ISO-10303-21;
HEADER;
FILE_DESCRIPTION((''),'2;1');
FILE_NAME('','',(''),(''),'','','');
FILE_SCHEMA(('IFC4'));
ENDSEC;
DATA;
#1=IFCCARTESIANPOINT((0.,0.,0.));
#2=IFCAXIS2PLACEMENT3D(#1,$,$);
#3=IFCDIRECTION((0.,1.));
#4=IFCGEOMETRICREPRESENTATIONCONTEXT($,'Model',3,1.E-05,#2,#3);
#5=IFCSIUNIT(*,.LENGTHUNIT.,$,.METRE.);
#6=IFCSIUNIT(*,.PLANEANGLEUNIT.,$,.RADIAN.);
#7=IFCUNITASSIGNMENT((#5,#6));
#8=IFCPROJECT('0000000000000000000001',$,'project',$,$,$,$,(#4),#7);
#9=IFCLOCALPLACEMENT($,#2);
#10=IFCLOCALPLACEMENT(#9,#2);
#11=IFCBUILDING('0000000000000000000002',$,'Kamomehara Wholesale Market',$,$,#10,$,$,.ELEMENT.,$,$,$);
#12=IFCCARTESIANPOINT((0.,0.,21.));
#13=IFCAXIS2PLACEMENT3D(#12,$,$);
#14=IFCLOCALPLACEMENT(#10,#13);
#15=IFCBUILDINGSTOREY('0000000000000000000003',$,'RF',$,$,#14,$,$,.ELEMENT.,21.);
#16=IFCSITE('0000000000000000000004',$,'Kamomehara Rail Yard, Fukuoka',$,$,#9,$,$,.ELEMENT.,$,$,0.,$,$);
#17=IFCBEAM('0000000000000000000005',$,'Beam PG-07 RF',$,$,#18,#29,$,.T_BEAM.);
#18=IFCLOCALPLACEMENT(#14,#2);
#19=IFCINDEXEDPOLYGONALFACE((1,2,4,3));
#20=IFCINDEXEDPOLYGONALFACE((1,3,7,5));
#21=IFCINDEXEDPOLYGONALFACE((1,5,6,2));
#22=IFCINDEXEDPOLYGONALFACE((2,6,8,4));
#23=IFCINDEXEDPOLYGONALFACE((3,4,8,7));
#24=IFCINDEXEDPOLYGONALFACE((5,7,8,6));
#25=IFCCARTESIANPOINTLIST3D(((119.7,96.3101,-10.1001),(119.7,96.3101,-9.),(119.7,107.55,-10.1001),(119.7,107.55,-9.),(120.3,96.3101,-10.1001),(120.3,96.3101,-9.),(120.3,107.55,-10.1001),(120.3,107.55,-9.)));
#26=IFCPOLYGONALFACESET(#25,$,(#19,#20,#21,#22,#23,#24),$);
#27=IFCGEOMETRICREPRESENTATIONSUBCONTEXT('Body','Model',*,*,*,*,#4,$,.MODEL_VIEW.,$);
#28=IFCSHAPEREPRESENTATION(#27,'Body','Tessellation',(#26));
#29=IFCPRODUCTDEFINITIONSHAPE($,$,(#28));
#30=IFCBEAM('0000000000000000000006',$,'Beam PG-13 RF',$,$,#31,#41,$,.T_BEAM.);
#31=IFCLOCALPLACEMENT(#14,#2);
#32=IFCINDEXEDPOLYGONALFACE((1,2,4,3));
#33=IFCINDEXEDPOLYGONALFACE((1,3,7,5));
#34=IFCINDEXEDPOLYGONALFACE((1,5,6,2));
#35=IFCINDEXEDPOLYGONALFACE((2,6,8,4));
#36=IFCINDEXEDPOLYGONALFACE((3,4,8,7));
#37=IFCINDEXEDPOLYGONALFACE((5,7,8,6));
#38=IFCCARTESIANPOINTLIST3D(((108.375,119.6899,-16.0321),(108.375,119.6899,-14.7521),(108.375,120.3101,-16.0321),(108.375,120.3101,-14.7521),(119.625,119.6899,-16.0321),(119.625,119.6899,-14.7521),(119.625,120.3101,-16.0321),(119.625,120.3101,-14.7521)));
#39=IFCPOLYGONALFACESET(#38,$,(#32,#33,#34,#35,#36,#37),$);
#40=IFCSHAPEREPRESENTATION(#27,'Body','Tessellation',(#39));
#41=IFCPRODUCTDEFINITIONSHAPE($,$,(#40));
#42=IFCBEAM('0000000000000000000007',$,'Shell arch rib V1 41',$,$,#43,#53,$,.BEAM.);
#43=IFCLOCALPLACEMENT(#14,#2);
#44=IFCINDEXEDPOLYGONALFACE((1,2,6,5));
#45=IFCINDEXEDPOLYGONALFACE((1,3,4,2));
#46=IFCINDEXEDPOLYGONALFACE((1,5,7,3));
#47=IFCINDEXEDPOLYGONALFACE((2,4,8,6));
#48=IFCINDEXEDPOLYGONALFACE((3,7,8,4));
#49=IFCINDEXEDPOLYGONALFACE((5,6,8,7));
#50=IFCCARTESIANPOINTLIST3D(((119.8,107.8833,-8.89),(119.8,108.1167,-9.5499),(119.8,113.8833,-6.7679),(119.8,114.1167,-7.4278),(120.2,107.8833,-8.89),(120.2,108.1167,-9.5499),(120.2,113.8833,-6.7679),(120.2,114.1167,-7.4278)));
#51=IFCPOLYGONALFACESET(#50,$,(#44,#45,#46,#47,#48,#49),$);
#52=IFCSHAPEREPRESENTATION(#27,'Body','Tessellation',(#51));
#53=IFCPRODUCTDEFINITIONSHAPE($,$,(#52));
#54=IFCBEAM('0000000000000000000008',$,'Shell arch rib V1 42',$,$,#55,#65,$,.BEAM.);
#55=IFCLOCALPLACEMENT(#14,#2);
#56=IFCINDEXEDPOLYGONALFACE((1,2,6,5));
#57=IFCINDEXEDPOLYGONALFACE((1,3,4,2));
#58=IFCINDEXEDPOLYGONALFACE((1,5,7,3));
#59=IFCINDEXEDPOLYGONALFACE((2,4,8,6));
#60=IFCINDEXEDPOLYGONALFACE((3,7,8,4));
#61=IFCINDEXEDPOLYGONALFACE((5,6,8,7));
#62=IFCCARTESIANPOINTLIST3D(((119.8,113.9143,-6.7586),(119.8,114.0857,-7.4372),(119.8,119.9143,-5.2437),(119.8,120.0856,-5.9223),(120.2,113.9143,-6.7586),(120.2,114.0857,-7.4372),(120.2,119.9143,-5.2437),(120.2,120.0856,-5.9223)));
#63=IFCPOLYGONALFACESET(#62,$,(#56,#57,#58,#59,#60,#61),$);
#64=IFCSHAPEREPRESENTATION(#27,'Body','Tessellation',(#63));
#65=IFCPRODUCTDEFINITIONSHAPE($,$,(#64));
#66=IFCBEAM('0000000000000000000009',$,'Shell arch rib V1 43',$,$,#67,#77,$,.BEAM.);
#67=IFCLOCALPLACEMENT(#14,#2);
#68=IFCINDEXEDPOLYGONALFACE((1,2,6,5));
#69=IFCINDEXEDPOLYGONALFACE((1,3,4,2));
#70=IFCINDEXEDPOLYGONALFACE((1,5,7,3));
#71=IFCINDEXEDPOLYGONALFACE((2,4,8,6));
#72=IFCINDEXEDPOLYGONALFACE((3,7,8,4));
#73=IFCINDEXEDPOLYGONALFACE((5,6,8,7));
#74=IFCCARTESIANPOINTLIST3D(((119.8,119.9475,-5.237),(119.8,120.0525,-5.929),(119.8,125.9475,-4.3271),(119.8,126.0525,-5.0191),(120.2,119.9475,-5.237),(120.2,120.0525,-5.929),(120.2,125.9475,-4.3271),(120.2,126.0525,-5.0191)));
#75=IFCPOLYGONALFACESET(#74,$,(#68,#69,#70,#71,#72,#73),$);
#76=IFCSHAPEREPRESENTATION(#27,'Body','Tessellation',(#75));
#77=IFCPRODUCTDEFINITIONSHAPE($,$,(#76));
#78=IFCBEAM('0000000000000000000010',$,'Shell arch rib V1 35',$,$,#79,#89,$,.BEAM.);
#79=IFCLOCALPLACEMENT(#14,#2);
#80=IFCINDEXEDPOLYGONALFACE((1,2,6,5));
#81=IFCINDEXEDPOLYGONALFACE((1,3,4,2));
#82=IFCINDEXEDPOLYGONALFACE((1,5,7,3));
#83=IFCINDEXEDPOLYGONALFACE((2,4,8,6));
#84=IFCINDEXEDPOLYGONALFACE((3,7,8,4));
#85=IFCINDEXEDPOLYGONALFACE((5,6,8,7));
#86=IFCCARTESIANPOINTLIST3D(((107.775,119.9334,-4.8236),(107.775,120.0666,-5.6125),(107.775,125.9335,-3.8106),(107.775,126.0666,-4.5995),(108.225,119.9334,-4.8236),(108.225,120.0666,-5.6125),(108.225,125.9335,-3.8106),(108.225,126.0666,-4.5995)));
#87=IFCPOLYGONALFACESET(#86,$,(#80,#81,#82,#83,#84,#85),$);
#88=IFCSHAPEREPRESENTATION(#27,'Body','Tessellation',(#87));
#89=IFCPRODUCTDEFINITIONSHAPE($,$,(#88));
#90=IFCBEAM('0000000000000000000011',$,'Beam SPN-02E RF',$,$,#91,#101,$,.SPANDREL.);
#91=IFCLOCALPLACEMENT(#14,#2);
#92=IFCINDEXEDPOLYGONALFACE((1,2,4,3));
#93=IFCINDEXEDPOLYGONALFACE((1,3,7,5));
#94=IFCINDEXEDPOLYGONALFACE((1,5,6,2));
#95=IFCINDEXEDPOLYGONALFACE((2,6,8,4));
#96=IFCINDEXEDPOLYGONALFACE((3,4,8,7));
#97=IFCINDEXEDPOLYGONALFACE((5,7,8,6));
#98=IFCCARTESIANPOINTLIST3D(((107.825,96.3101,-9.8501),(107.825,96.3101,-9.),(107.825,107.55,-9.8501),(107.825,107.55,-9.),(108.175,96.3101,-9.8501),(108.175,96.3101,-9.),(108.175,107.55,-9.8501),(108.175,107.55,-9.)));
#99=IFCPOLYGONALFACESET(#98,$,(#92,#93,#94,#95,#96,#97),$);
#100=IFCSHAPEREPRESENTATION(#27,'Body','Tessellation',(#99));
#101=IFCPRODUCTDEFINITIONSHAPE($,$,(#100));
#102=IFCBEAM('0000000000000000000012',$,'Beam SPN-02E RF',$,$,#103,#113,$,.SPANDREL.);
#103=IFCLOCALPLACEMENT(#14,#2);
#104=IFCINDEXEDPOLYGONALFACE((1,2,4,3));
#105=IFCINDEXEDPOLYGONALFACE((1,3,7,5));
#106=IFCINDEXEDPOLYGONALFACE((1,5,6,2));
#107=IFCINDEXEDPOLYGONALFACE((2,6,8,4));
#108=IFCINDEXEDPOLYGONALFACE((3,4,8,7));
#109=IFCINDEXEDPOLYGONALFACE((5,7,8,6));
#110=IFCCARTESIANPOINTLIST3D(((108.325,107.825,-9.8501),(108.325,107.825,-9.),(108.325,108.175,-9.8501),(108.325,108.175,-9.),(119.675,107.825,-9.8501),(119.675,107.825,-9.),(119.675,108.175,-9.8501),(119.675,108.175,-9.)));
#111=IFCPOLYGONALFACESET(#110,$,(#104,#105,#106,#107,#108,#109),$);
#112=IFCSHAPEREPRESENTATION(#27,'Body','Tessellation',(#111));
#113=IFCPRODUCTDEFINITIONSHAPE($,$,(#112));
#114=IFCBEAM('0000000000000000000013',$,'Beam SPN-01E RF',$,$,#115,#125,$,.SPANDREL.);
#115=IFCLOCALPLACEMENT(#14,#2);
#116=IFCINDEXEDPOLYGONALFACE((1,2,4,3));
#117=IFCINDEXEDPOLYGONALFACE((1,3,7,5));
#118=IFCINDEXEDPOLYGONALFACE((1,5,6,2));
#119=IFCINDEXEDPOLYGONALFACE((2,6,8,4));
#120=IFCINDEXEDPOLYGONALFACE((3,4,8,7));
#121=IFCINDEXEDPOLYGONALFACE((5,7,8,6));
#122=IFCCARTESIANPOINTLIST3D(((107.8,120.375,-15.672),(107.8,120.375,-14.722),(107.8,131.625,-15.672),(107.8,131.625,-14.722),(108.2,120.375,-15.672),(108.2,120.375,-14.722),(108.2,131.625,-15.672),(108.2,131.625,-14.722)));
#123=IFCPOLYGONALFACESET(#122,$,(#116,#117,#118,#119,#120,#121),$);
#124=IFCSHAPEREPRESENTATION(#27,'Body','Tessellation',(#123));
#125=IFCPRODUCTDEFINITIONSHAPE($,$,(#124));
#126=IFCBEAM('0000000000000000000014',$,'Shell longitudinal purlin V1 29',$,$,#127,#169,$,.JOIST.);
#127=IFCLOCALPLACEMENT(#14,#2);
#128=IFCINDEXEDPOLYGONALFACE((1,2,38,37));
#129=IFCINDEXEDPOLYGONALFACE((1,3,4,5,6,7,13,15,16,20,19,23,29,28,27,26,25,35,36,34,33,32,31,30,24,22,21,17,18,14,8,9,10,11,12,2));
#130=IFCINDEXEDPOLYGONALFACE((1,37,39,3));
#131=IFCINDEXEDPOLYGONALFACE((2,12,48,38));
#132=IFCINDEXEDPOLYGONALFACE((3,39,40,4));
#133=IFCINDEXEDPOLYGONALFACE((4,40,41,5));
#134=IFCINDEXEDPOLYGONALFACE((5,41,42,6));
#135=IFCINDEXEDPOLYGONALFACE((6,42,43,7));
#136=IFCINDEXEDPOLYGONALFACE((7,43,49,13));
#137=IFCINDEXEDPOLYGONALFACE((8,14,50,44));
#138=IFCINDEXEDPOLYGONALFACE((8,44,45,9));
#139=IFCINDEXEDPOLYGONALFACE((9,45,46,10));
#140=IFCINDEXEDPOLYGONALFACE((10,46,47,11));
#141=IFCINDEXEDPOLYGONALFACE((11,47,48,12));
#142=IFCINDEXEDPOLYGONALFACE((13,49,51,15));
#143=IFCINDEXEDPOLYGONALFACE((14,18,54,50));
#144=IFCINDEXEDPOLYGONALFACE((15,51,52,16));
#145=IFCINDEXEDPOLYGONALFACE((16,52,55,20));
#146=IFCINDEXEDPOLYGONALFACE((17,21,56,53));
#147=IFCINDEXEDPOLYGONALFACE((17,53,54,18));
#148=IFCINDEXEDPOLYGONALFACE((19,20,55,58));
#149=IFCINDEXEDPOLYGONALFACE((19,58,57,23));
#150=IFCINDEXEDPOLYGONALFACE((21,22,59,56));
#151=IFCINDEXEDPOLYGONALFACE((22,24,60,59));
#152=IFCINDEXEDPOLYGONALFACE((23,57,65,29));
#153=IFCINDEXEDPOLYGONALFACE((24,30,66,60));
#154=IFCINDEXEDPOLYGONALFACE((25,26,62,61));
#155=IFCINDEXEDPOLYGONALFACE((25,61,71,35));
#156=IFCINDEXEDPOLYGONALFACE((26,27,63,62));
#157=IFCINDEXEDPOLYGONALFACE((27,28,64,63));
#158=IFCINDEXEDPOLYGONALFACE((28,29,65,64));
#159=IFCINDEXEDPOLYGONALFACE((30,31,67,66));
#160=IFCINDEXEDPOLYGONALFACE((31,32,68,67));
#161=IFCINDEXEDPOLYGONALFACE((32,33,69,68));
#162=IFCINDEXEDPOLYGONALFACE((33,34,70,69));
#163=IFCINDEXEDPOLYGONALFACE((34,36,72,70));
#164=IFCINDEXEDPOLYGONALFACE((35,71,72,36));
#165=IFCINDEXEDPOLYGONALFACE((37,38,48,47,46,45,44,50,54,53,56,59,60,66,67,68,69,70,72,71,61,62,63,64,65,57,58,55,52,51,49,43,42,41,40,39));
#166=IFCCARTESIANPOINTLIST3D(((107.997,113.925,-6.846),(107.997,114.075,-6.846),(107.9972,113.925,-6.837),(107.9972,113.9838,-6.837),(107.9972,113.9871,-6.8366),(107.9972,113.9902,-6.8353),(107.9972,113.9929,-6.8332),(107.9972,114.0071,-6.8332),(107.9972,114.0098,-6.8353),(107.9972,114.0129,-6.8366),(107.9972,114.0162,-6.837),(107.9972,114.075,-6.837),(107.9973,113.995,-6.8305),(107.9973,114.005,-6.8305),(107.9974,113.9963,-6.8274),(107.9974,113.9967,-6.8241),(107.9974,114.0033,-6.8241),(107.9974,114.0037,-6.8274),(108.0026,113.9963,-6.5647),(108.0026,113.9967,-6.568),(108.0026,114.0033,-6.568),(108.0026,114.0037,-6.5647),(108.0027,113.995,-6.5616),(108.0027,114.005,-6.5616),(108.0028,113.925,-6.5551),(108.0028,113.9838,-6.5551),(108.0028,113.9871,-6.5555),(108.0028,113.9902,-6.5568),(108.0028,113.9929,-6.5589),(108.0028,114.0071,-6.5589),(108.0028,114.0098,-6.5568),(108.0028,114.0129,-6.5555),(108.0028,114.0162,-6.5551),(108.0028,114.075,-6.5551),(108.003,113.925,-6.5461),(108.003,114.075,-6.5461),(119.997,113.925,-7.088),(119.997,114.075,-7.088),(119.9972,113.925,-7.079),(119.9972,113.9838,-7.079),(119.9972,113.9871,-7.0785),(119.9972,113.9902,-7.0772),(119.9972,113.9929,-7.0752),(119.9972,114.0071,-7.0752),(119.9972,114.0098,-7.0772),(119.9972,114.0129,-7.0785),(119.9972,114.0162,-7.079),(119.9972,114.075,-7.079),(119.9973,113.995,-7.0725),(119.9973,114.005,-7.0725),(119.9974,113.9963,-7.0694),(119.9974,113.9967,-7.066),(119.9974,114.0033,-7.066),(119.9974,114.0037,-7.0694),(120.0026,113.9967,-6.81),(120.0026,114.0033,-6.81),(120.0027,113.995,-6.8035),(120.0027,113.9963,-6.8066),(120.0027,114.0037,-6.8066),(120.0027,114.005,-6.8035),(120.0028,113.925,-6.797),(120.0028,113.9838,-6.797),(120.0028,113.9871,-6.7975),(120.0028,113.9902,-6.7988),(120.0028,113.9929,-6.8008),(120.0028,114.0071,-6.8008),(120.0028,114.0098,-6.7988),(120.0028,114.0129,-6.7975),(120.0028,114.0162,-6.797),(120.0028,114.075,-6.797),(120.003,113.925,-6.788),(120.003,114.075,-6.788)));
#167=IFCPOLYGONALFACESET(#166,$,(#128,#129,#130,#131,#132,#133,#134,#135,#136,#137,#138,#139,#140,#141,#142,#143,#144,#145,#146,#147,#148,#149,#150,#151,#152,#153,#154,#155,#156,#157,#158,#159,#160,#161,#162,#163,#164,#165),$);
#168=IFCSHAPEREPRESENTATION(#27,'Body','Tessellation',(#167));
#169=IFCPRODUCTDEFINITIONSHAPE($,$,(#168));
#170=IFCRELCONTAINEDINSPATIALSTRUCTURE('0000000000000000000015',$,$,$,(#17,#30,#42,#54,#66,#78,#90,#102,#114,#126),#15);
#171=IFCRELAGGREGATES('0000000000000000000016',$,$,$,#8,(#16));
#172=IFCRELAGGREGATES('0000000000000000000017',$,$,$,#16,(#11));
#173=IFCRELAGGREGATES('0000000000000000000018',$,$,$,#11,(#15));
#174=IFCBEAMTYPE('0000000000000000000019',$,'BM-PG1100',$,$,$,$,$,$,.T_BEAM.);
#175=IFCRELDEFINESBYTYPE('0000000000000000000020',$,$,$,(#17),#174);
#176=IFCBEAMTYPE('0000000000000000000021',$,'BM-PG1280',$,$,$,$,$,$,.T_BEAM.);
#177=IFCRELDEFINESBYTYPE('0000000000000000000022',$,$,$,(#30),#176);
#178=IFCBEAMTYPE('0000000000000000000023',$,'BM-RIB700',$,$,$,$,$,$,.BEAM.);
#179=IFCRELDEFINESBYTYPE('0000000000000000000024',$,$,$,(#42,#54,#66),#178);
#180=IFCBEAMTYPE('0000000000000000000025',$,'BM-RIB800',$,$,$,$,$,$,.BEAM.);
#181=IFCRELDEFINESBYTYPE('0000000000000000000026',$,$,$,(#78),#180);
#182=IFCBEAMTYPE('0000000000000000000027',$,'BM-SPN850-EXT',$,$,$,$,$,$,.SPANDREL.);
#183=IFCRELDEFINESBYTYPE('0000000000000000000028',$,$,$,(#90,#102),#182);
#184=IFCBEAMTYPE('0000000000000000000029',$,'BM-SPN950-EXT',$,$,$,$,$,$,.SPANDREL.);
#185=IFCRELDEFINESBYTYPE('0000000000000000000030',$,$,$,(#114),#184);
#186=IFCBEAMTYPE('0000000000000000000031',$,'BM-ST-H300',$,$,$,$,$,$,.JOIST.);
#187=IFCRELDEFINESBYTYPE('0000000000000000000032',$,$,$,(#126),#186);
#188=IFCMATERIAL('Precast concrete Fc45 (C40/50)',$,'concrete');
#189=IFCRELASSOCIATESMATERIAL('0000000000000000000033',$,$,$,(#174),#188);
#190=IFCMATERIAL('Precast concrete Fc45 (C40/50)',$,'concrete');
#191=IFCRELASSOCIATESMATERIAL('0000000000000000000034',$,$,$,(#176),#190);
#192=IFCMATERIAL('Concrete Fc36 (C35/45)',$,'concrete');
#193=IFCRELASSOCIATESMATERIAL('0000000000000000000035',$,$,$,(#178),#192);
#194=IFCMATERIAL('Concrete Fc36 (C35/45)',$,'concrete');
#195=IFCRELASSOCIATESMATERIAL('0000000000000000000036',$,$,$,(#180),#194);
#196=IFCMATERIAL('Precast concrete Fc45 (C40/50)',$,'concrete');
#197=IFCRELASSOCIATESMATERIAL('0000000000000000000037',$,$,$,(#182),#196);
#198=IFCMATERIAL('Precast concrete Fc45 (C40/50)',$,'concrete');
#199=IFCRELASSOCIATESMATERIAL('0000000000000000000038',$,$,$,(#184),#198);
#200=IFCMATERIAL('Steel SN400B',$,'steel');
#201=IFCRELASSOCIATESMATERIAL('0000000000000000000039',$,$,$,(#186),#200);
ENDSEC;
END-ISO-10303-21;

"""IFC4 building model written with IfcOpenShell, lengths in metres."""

from ifc_helpers import new_model, si_unit, direction, frame, origin, origin_2d, place, context, subcontext, project, spatial, rectangle, i_section, extrude, material, material_profile, profile_set, type_object, element, save


model = new_model("IFC4")

# Units and contexts
model_context = context("Model", 3, precision=1e-05, world=origin(), true_north=direction((0.0, 1.0)))
body_context = subcontext(model_context, "Body", "Model", "MODEL_VIEW")
ifc_project = project(units=[si_unit("LENGTHUNIT", "METRE"), si_unit("PLANEANGLEUNIT", "RADIAN")], contexts=[model_context])

# Site, building, storey
site_placement = place(None, origin())
site = spatial("IfcSite", under=ifc_project, at=site_placement, Name="Kamomehara Rail Yard, Fukuoka", CompositionType="ELEMENT", RefElevation=0.0)
building_placement = place(site_placement, origin())
building = spatial("IfcBuilding", under=site, at=building_placement, Name="Kamomehara Wholesale Market", CompositionType="ELEMENT")
storey_placement = place(building_placement, frame((0.0, 0.0, 21.0)))
storey = spatial("IfcBuildingStorey", under=building, at=storey_placement, Name="RF", CompositionType="ELEMENT", Elevation=21.0)

# Beams
ifc_material_1 = material(Name="Precast concrete Fc45 (C40/50)", Category="concrete")
ifc_material_profile_1 = material_profile(ifc_material_1, rectangle(XDim=0.6001, YDim=1.1001, at=origin_2d()), Name="PC-GRD-600x1100")
ifc_profile_set_1 = profile_set([ifc_material_profile_1], Name="Precast concrete Fc45 (C40/50)")
beam_type_1 = type_object("IfcBeamType", Name="BM-PG1100", PredefinedType="T_BEAM", material=ifc_profile_set_1)
beam_1_placement = place(storey_placement, frame((120.0, 96.3101, -9.55), z_axis=(0.0, 1.0, 0.0), x_axis=(-1.0, 0.0, 0.0)))
element("IfcBeam", 1, at=beam_1_placement, inside=storey, type_object=beam_type_1, Name="Beam PG-07 RF", PredefinedType="T_BEAM", context=body_context, shape_type="SweptSolid", body=[
    extrude(rectangle(XDim=0.6001, YDim=1.1001, at=origin_2d()), origin(), (0.0, 0.0, 1.0), 11.24),
])
ifc_material_2 = material(Name="Precast concrete Fc45 (C40/50)", Category="concrete")
ifc_material_profile_2 = material_profile(ifc_material_2, rectangle(XDim=0.6201, YDim=1.28, at=origin_2d()), Name="PC-GRD-620x1280")
ifc_profile_set_2 = profile_set([ifc_material_profile_2], Name="Precast concrete Fc45 (C40/50)")
beam_type_2 = type_object("IfcBeamType", Name="BM-PG1280", PredefinedType="T_BEAM", material=ifc_profile_set_2)
beam_2_placement = place(storey_placement, frame((108.375, 120.0, -15.3921), z_axis=(1.0, 0.0, 0.0), x_axis=(0.0, 1.0, 0.0)))
element("IfcBeam", 2, at=beam_2_placement, inside=storey, type_object=beam_type_2, Name="Beam PG-13 RF", PredefinedType="T_BEAM", context=body_context, shape_type="SweptSolid", body=[
    extrude(rectangle(XDim=0.6201, YDim=1.28, at=origin_2d()), origin(), (0.0, 0.0, 1.0), 11.25),
])
ifc_material_3 = material(Name="Concrete Fc36 (C35/45)", Category="concrete")
ifc_material_profile_3 = material_profile(ifc_material_3, rectangle(XDim=0.3999, YDim=0.7, at=origin_2d()), Name="RC-RIB-400x700")
ifc_profile_set_3 = profile_set([ifc_material_profile_3], Name="Concrete Fc36 (C35/45)")
beam_type_3 = type_object("IfcBeamType", Name="BM-RIB700", PredefinedType="BEAM", material=ifc_profile_set_3)
beam_3_placement = place(storey_placement, frame((120.0, 108.0, -9.22), z_axis=(0.0, 0.942772, 0.333438), x_axis=(-1.0, 0.0, 0.0)))
element("IfcBeam", 3, at=beam_3_placement, inside=storey, type_object=beam_type_3, Name="Shell arch rib V1 41", PredefinedType="BEAM", context=body_context, shape_type="SweptSolid", body=[
    extrude(rectangle(XDim=0.3999, YDim=0.7, at=origin_2d()), origin(), (0.0, 0.0, 1.0), 6.3643),
])
beam_4_placement = place(storey_placement, frame((120.0, 114.0, -7.0979), z_axis=(0.0, 0.969574, 0.2448), x_axis=(-1.0, 0.0, 0.0)))
element("IfcBeam", 4, at=beam_4_placement, inside=storey, type_object=beam_type_3, Name="Shell arch rib V1 42", PredefinedType="BEAM", context=body_context, shape_type="SweptSolid", body=[
    extrude(rectangle(XDim=0.3999, YDim=0.7, at=origin_2d()), origin(), (0.0, 0.0, 1.0), 6.1882),
])
beam_5_placement = place(storey_placement, frame((120.0, 120.0, -5.583), z_axis=(0.0, 0.988695, 0.149938), x_axis=(-1.0, 0.0, 0.0)))
element("IfcBeam", 5, at=beam_5_placement, inside=storey, type_object=beam_type_3, Name="Shell arch rib V1 43", PredefinedType="BEAM", context=body_context, shape_type="SweptSolid", body=[
    extrude(rectangle(XDim=0.3999, YDim=0.7, at=origin_2d()), origin(), (0.0, 0.0, 1.0), 6.0686),
])
ifc_material_4 = material(Name="Concrete Fc36 (C35/45)", Category="concrete")
ifc_material_profile_4 = material_profile(ifc_material_4, rectangle(XDim=0.45, YDim=0.8, at=origin_2d()), Name="RC-RIB-450x800")
ifc_profile_set_4 = profile_set([ifc_material_profile_4], Name="Concrete Fc36 (C35/45)")
beam_type_4 = type_object("IfcBeamType", Name="BM-RIB800", PredefinedType="BEAM", material=ifc_profile_set_4)
beam_6_placement = place(storey_placement, frame((108.0, 120.0, -5.218), z_axis=(0.0, 0.986047, 0.166468), x_axis=(-1.0, 0.0, 0.0)))
element("IfcBeam", 6, at=beam_6_placement, inside=storey, type_object=beam_type_4, Name="Shell arch rib V1 35", PredefinedType="BEAM", context=body_context, shape_type="SweptSolid", body=[
    extrude(rectangle(XDim=0.45, YDim=0.8, at=origin_2d()), origin(), (0.0, 0.0, 1.0), 6.085),
])
ifc_material_5 = material(Name="Precast concrete Fc45 (C40/50)", Category="concrete")
ifc_material_profile_5 = material_profile(ifc_material_5, rectangle(XDim=0.3501, YDim=0.8501, at=origin_2d()), Name="PC-SPN-350x850")
ifc_profile_set_5 = profile_set([ifc_material_profile_5], Name="Precast concrete Fc45 (C40/50)")
beam_type_5 = type_object("IfcBeamType", Name="BM-SPN850-EXT", PredefinedType="SPANDREL", material=ifc_profile_set_5)
beam_7_placement = place(storey_placement, frame((108.0, 96.3101, -9.425), z_axis=(0.0, 1.0, 0.0), x_axis=(-1.0, 0.0, 0.0)))
element("IfcBeam", 7, at=beam_7_placement, inside=storey, type_object=beam_type_5, Name="Beam SPN-02E RF", PredefinedType="SPANDREL", context=body_context, shape_type="SweptSolid", body=[
    extrude(rectangle(XDim=0.3501, YDim=0.8501, at=origin_2d()), origin(), (0.0, 0.0, 1.0), 11.24),
])
beam_8_placement = place(storey_placement, frame((108.325, 108.0, -9.425), z_axis=(1.0, 0.0, 0.0), x_axis=(0.0, 1.0, 0.0)))
element("IfcBeam", 8, at=beam_8_placement, inside=storey, type_object=beam_type_5, Name="Beam SPN-02E RF", PredefinedType="SPANDREL", context=body_context, shape_type="SweptSolid", body=[
    extrude(rectangle(XDim=0.3501, YDim=0.8501, at=origin_2d()), origin(), (0.0, 0.0, 1.0), 11.3501),
])
ifc_material_6 = material(Name="Precast concrete Fc45 (C40/50)", Category="concrete")
ifc_material_profile_6 = material_profile(ifc_material_6, rectangle(XDim=0.3999, YDim=0.95, at=origin_2d()), Name="PC-SPN-400x950")
ifc_profile_set_6 = profile_set([ifc_material_profile_6], Name="Precast concrete Fc45 (C40/50)")
beam_type_6 = type_object("IfcBeamType", Name="BM-SPN950-EXT", PredefinedType="SPANDREL", material=ifc_profile_set_6)
beam_9_placement = place(storey_placement, frame((108.0, 120.375, -15.197), z_axis=(0.0, 1.0, 0.0), x_axis=(-1.0, 0.0, 0.0)))
element("IfcBeam", 9, at=beam_9_placement, inside=storey, type_object=beam_type_6, Name="Beam SPN-01E RF", PredefinedType="SPANDREL", context=body_context, shape_type="SweptSolid", body=[
    extrude(rectangle(XDim=0.3999, YDim=0.95, at=origin_2d()), origin(), (0.0, 0.0, 1.0), 11.25),
])
ifc_material_7 = material(Name="Steel SN400B", Category="steel")
ifc_material_profile_7 = material_profile(ifc_material_7, i_section(OverallWidth=0.1499, OverallDepth=0.3, WebThickness=0.0066, FlangeThickness=0.009, FilletRadius=0.0129, at=origin_2d()), Name="H-300x150x6.5x9")
ifc_profile_set_7 = profile_set([ifc_material_profile_7], Name="Steel SN400B")
beam_type_7 = type_object("IfcBeamType", Name="BM-ST-H300", PredefinedType="JOIST", material=ifc_profile_set_7)
beam_10_placement = place(storey_placement, frame((108.0, 114.0, -6.696), z_axis=(0.999797, 0.0, -0.020158), x_axis=(0.0, 1.0, 0.0)))
element("IfcBeam", 10, at=beam_10_placement, inside=storey, type_object=beam_type_7, Name="Shell longitudinal purlin V1 29", PredefinedType="JOIST", context=body_context, shape_type="SweptSolid", body=[
    extrude(i_section(OverallWidth=0.1499, OverallDepth=0.3, WebThickness=0.0066, FlangeThickness=0.009, FilletRadius=0.0129, at=origin_2d()), origin(), (0.0, 0.0, 1.0), 12.0024),
])

save(model, "model.ifc")
